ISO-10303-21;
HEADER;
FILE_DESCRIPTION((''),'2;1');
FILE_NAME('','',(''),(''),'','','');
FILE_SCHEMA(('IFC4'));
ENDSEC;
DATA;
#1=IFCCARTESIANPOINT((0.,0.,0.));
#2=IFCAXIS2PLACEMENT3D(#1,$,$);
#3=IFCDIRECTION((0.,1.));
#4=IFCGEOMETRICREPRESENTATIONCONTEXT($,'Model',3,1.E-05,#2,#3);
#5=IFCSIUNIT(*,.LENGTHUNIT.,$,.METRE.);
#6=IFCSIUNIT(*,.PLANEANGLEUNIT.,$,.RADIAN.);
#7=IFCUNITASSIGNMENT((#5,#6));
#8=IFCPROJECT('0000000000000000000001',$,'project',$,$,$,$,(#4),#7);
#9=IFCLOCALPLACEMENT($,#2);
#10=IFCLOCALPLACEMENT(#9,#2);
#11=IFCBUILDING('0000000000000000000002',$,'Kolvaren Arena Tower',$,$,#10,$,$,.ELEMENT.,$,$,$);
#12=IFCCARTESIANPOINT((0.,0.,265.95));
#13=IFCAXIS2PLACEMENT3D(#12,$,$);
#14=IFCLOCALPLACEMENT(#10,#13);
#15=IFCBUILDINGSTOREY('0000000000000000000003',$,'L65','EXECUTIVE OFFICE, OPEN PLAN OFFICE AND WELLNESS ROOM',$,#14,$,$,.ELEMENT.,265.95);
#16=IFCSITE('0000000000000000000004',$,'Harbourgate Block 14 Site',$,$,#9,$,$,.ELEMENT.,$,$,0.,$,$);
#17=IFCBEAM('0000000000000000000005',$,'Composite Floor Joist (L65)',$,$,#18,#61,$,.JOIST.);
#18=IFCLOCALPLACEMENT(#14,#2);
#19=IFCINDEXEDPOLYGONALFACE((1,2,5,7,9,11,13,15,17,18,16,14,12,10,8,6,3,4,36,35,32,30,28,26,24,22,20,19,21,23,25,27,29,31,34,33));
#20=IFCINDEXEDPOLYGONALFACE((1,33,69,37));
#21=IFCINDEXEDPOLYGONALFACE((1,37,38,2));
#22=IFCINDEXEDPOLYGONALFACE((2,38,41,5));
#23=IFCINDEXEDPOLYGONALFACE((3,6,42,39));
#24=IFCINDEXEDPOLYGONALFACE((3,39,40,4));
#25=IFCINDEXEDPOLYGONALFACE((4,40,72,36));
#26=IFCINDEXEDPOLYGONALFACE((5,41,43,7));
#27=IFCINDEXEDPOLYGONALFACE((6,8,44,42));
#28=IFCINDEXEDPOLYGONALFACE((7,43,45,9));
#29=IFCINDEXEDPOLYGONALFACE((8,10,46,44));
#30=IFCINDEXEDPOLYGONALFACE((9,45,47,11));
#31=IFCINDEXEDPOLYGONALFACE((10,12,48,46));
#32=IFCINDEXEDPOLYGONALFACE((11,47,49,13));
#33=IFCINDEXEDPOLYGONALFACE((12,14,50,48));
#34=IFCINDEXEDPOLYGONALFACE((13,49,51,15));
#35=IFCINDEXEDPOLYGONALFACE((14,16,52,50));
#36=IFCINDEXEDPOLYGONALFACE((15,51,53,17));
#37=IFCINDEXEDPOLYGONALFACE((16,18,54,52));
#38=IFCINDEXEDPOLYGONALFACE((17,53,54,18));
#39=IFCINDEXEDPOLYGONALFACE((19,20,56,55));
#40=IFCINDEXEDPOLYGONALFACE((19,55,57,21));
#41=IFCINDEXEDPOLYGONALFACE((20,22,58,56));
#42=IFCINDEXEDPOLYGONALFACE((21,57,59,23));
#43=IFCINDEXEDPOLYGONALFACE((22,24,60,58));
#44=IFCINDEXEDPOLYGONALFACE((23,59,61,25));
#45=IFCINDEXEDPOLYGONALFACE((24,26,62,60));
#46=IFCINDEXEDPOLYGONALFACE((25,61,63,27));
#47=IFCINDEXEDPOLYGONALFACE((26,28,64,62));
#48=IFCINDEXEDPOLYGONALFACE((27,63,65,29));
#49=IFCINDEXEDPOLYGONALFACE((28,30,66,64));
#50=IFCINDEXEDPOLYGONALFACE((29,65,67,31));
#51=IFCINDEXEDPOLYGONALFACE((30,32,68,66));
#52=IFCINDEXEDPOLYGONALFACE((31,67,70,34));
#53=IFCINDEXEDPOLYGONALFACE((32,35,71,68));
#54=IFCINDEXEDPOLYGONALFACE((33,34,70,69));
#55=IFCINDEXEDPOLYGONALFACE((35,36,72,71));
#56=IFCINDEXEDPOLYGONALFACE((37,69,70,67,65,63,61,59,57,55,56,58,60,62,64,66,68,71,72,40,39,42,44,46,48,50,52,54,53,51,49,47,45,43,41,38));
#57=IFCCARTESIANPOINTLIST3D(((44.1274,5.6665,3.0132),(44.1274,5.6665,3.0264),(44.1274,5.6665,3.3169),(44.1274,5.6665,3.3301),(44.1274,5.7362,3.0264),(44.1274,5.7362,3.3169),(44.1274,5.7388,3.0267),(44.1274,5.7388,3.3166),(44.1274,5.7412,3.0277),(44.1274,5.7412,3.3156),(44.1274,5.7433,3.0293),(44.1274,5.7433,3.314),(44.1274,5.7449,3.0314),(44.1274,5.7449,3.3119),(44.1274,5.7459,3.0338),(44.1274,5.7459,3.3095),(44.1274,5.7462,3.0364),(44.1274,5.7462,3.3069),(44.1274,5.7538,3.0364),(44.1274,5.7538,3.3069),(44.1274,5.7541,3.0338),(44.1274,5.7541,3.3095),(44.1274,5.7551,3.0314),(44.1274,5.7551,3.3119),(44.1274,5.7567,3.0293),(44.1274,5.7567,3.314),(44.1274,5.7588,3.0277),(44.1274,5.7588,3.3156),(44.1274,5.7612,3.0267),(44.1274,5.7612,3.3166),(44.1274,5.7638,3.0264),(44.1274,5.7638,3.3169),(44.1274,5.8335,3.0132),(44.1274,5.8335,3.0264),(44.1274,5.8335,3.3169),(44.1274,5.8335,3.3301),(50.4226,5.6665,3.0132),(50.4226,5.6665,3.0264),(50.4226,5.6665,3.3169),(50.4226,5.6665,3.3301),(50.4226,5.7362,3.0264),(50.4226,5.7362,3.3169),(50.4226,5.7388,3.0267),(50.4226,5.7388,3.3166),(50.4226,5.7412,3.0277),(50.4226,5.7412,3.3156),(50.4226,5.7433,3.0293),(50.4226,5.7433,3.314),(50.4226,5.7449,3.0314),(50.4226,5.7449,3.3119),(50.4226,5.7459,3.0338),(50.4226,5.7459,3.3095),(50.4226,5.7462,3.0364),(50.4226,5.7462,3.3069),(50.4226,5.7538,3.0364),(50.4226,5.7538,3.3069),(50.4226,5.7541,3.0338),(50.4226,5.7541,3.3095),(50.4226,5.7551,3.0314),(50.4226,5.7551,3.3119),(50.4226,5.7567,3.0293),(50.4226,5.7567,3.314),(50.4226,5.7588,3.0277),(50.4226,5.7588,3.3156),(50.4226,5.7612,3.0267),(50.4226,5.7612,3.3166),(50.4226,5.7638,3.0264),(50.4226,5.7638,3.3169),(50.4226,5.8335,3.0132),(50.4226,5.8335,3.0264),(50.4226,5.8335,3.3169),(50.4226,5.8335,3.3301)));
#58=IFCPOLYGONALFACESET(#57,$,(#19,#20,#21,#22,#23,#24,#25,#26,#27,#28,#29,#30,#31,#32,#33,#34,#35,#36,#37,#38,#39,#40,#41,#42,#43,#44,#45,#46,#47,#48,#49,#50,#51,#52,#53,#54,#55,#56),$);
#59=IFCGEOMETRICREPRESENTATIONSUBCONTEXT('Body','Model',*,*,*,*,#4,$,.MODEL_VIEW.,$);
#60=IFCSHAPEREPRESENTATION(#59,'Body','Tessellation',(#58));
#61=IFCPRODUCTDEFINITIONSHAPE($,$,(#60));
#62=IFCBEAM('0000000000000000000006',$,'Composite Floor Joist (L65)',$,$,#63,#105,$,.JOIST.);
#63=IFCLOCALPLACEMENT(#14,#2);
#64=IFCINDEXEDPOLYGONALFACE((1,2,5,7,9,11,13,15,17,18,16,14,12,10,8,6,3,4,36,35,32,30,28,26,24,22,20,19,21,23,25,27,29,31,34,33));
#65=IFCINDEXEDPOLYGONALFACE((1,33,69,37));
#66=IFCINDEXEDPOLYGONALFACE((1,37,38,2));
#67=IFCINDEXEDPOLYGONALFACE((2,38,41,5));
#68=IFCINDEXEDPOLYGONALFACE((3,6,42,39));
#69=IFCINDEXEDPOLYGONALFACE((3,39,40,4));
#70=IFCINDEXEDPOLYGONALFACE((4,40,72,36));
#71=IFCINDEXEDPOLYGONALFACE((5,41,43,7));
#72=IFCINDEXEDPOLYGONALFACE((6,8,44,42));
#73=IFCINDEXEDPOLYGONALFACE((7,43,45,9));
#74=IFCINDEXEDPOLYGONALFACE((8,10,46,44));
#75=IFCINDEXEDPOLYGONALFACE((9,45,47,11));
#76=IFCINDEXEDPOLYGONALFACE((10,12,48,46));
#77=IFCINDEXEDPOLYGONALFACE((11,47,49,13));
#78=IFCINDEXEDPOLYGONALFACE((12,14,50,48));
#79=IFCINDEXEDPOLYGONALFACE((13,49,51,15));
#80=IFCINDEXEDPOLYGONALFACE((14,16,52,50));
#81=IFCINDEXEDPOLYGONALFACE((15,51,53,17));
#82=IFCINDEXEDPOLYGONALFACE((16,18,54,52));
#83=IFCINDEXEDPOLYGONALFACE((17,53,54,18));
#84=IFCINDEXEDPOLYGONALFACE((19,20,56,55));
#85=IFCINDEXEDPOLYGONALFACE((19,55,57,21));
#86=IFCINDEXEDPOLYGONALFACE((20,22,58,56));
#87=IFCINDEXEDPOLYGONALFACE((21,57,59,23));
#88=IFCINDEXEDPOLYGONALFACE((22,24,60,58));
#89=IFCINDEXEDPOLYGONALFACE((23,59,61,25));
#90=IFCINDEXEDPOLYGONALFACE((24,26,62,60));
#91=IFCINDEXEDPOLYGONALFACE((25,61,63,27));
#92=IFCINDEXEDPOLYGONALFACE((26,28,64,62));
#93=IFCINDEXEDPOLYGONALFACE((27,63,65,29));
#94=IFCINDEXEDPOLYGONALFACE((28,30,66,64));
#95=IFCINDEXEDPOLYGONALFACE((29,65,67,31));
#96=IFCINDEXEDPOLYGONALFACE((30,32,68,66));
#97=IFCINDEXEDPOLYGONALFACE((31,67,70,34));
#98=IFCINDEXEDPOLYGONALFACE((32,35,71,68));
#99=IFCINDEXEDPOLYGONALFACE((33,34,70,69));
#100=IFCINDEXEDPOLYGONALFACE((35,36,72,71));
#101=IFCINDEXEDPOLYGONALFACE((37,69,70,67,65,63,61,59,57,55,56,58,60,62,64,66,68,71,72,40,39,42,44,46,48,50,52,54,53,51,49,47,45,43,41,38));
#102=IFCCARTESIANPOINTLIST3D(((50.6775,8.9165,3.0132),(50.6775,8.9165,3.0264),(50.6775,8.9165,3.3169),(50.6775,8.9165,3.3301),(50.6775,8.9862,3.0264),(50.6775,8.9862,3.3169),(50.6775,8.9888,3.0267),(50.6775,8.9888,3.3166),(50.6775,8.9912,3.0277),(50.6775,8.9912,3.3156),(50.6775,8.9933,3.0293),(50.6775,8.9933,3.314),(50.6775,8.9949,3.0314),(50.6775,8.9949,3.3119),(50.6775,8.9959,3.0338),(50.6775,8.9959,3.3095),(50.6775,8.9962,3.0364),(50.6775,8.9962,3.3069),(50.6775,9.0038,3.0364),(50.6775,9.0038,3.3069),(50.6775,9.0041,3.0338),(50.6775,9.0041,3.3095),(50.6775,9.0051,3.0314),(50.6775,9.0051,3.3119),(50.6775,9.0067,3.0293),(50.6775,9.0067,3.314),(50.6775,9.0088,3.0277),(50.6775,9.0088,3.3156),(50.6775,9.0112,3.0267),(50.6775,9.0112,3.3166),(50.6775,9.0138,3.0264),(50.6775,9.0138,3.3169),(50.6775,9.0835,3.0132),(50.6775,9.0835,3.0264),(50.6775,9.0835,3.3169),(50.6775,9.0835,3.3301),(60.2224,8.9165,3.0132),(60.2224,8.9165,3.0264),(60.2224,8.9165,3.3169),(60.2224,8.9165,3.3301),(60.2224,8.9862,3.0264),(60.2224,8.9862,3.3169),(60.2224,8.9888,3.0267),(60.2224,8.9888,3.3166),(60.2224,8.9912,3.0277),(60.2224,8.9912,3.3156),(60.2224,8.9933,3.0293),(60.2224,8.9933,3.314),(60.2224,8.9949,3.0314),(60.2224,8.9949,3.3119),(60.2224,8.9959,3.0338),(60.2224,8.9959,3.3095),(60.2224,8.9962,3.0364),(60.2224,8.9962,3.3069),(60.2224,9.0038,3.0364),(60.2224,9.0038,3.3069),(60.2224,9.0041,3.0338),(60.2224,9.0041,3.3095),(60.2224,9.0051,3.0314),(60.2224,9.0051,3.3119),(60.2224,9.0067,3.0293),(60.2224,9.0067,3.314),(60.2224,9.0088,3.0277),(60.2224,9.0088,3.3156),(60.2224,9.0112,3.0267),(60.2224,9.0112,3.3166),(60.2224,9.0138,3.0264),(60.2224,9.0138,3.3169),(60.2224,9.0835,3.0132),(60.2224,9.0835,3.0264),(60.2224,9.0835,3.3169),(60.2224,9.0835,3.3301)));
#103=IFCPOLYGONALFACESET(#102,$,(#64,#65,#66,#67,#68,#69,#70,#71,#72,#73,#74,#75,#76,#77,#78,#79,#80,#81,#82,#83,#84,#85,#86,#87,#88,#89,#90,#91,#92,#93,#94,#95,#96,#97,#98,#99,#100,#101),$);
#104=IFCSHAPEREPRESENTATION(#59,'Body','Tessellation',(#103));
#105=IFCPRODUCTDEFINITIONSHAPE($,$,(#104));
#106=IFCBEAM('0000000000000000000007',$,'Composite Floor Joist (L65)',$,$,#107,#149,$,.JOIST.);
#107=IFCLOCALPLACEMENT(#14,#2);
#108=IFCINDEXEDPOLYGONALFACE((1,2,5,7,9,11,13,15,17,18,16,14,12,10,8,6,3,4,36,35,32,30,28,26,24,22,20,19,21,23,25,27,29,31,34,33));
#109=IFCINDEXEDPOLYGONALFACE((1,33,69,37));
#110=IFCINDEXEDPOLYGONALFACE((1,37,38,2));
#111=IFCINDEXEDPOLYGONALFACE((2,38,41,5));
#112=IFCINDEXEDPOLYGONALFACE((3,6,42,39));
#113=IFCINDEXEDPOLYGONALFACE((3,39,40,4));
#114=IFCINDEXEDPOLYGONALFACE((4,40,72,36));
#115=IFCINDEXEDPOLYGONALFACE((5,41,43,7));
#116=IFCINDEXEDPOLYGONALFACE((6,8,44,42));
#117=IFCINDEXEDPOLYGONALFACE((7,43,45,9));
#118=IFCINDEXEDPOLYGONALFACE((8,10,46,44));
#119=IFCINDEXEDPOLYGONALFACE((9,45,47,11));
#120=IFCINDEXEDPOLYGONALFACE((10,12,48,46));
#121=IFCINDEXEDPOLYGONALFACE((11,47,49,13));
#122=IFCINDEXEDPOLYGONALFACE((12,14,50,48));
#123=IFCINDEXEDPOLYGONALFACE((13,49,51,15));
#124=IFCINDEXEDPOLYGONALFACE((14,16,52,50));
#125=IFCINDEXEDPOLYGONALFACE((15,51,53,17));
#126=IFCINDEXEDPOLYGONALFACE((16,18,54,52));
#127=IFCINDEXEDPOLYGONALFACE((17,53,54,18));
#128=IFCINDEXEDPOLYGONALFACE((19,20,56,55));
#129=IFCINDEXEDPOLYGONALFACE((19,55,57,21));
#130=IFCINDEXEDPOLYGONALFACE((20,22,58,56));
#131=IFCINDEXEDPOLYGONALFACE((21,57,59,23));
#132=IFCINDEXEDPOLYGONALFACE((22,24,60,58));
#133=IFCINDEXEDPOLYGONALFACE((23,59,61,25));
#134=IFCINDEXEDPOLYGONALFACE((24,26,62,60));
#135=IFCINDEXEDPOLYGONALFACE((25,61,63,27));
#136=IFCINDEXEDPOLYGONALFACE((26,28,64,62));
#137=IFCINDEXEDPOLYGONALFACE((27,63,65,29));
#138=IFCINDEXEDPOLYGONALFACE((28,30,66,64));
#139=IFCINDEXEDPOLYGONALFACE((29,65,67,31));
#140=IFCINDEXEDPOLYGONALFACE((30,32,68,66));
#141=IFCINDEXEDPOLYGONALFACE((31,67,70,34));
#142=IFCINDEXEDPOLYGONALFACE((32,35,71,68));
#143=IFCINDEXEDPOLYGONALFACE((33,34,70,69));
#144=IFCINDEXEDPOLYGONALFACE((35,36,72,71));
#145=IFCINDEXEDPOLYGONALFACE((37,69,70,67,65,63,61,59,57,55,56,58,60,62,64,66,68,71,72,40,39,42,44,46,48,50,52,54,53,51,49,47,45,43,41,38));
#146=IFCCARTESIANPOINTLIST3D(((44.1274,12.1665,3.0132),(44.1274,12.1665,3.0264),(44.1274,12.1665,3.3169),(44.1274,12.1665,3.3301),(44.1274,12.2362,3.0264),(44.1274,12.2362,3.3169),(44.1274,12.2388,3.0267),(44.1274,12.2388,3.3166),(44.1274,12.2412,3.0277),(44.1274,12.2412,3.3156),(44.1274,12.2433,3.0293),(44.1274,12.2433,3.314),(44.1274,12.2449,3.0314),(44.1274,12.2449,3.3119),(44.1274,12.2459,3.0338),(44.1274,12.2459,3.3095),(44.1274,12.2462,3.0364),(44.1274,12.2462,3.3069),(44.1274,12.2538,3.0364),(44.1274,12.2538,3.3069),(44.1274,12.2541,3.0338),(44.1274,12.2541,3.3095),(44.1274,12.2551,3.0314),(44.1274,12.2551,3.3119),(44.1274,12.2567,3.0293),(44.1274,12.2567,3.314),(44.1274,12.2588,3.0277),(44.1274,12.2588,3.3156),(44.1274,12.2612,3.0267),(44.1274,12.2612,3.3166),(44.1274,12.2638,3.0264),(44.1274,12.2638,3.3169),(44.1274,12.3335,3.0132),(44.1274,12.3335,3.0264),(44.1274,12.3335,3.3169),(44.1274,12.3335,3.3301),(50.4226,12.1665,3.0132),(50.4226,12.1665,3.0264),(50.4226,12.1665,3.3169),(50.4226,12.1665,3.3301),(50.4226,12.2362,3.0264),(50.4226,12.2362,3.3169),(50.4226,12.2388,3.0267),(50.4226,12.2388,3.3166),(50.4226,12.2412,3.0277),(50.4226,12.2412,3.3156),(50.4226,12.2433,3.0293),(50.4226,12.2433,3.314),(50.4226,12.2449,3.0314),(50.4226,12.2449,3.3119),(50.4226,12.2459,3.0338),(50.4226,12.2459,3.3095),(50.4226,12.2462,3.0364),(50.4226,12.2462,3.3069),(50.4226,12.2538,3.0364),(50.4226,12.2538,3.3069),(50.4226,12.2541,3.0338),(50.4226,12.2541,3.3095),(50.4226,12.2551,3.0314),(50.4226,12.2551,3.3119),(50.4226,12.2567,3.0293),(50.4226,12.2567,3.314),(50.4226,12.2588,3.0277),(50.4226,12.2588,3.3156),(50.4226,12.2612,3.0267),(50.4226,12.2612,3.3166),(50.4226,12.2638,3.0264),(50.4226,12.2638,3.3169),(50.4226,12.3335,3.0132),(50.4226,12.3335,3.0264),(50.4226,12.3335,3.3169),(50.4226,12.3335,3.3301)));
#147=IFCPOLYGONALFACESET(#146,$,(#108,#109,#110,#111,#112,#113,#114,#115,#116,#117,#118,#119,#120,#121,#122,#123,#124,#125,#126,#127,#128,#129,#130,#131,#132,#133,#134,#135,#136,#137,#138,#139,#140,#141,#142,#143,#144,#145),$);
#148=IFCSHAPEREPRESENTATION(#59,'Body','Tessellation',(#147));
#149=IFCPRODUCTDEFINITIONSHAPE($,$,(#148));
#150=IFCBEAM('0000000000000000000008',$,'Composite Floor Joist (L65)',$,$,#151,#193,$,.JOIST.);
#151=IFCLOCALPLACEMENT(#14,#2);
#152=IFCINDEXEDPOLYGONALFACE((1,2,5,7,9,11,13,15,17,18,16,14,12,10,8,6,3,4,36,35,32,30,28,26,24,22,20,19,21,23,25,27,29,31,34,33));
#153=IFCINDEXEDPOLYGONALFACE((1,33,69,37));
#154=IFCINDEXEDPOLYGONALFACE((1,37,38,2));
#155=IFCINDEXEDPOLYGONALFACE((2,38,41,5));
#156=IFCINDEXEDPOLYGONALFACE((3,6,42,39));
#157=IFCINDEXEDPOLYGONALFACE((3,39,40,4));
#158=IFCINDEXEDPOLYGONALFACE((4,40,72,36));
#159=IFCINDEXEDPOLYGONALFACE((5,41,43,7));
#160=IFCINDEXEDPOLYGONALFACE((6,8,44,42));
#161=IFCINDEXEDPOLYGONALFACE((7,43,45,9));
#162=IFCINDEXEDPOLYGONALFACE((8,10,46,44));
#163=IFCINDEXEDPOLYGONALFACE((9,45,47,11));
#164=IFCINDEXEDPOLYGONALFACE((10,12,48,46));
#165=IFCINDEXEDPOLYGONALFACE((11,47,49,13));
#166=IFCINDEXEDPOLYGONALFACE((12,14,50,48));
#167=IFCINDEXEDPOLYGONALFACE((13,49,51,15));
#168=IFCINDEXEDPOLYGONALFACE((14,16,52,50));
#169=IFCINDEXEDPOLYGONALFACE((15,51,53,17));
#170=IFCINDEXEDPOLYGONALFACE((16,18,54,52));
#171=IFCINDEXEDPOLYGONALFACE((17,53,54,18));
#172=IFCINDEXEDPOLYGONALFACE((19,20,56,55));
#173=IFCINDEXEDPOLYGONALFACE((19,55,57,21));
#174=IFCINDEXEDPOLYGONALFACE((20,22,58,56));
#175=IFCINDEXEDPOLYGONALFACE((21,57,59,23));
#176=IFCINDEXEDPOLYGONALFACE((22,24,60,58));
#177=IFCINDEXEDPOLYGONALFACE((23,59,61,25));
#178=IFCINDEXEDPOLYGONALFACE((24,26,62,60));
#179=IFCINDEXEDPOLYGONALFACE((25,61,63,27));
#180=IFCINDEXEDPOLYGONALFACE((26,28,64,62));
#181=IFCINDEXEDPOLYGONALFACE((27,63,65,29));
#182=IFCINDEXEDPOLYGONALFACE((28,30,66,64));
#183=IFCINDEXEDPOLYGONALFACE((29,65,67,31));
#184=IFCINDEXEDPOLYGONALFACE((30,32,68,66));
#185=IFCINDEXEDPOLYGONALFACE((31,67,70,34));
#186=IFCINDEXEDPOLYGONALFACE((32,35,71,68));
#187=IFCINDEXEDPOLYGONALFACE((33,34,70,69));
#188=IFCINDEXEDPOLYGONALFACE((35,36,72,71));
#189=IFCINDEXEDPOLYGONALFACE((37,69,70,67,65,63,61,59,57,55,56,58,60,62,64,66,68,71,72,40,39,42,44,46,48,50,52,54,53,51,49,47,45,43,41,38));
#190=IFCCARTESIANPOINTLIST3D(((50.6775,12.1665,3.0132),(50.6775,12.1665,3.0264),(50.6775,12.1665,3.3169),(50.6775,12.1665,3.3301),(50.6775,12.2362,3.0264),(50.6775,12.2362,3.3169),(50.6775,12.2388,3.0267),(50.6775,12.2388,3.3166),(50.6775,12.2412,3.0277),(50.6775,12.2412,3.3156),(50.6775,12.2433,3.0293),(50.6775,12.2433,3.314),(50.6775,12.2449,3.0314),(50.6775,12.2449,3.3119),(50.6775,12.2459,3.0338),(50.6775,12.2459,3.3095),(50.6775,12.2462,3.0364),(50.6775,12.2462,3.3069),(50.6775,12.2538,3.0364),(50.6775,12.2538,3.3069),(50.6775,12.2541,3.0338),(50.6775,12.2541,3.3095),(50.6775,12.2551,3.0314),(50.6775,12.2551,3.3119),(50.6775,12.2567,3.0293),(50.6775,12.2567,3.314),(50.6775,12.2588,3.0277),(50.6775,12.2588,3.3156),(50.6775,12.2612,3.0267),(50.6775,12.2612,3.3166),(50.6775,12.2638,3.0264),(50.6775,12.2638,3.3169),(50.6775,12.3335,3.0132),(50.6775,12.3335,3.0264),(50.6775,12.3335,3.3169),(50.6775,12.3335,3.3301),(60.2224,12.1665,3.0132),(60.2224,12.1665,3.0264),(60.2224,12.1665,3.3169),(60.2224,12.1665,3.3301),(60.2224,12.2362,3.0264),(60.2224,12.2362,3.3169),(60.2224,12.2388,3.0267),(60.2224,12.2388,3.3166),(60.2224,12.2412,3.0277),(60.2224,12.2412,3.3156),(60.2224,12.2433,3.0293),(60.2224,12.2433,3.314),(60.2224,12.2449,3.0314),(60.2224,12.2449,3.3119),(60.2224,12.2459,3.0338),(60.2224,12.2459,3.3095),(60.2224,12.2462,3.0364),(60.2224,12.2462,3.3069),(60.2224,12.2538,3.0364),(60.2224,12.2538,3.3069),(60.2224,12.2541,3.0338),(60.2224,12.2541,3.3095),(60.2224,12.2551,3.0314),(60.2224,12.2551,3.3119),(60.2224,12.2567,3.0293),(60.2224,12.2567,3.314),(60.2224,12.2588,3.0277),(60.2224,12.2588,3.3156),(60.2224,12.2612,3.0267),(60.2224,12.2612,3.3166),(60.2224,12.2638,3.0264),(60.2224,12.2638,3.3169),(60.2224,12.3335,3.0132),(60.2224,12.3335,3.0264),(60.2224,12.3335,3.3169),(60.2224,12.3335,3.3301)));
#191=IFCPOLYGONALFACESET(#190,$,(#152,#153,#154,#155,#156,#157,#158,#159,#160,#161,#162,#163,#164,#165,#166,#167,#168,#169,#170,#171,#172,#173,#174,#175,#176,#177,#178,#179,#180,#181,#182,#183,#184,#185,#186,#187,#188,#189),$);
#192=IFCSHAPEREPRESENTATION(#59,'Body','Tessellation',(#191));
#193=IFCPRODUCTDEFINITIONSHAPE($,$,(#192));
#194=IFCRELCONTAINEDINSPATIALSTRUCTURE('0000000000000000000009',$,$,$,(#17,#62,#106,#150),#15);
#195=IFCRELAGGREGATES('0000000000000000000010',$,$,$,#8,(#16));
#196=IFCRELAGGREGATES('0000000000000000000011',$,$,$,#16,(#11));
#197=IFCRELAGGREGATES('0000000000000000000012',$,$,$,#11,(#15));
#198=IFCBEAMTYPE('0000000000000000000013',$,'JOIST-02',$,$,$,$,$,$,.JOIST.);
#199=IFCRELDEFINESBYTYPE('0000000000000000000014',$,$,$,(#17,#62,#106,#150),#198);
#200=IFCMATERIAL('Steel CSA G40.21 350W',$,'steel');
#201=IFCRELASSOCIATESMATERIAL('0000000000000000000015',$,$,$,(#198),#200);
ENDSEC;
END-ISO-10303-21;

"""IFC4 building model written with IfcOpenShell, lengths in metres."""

from ifc_helpers import new_model, si_unit, direction, frame, origin, origin_2d, place, context, subcontext, project, spatial, i_section, extrude, material, material_profile, profile_set, type_object, element, save


model = new_model("IFC4")

# Units and contexts
model_context = context("Model", 3, precision=1e-05, world=origin(), true_north=direction((0.0, 1.0)))
body_context = subcontext(model_context, "Body", "Model", "MODEL_VIEW")
ifc_project = project(units=[si_unit("LENGTHUNIT", "METRE"), si_unit("PLANEANGLEUNIT", "RADIAN")], contexts=[model_context])

# Site, building, storey
site_placement = place(None, origin())
site = spatial("IfcSite", under=ifc_project, at=site_placement, Name="Harbourgate Block 14 Site", CompositionType="ELEMENT", RefElevation=0.0)
building_placement = place(site_placement, origin())
building = spatial("IfcBuilding", under=site, at=building_placement, Name="Kolvaren Arena Tower", CompositionType="ELEMENT")
storey_placement = place(building_placement, frame((0.0, 0.0, 265.95)))
storey = spatial("IfcBuildingStorey", under=building, at=storey_placement, Name="L65", Description="EXECUTIVE OFFICE, OPEN PLAN OFFICE AND WELLNESS ROOM", CompositionType="ELEMENT", Elevation=265.95)

# Beams
ifc_material_1 = material(Name="Steel CSA G40.21 350W", Category="steel")
ifc_material_profile_1 = material_profile(ifc_material_1, i_section(OverallWidth=0.167, OverallDepth=0.3169, WebThickness=0.0076, FlangeThickness=0.0132, FilletRadius=0.01, at=origin_2d()), Name="W310x52")
ifc_profile_set_1 = profile_set([ifc_material_profile_1], Name="Steel CSA G40.21 350W")
beam_type_1 = type_object("IfcBeamType", Name="JOIST-02", PredefinedType="JOIST", material=ifc_profile_set_1)
for number, where, z_axis, x_axis, name in (
    (1, (44.1274, 5.75, 3.1716), (1.0, 0.0, 0.0), (0.0, 1.0, 0.0), "Composite Floor Joist (L65)"),
):
    element("IfcBeam", number, at=place(storey_placement, frame(where, z_axis=z_axis, x_axis=x_axis)), inside=storey, type_object=beam_type_1, Name=name, PredefinedType="JOIST", context=body_context, shape_type="SweptSolid", body=[
        extrude(i_section(OverallWidth=0.167, OverallDepth=0.3169, WebThickness=0.0076, FlangeThickness=0.0132, FilletRadius=0.01, at=origin_2d()), origin(), (0.0, 0.0, 1.0), 6.2952),
    ])
beam_1_placement = place(storey_placement, frame((50.6775, 9.0, 3.1716), z_axis=(1.0, 0.0, 0.0), x_axis=(0.0, 1.0, 0.0)))
element("IfcBeam", 2, at=beam_1_placement, inside=storey, type_object=beam_type_1, Name="Composite Floor Joist (L65)", PredefinedType="JOIST", context=body_context, shape_type="SweptSolid", body=[
    extrude(i_section(OverallWidth=0.167, OverallDepth=0.3169, WebThickness=0.0076, FlangeThickness=0.0132, FilletRadius=0.01, at=origin_2d()), origin(), (0.0, 0.0, 1.0), 9.5449),
])
beam_2_placement = place(storey_placement, frame((44.1274, 12.25, 3.1716), z_axis=(1.0, 0.0, 0.0), x_axis=(0.0, 1.0, 0.0)))
element("IfcBeam", 3, at=beam_2_placement, inside=storey, type_object=beam_type_1, Name="Composite Floor Joist (L65)", PredefinedType="JOIST", context=body_context, shape_type="SweptSolid", body=[
    extrude(i_section(OverallWidth=0.167, OverallDepth=0.3169, WebThickness=0.0076, FlangeThickness=0.0132, FilletRadius=0.01, at=origin_2d()), origin(), (0.0, 0.0, 1.0), 6.2952),
])
beam_3_placement = place(storey_placement, frame((50.6775, 12.25, 3.1716), z_axis=(1.0, 0.0, 0.0), x_axis=(0.0, 1.0, 0.0)))
element("IfcBeam", 4, at=beam_3_placement, inside=storey, type_object=beam_type_1, Name="Composite Floor Joist (L65)", PredefinedType="JOIST", context=body_context, shape_type="SweptSolid", body=[
    extrude(i_section(OverallWidth=0.167, OverallDepth=0.3169, WebThickness=0.0076, FlangeThickness=0.0132, FilletRadius=0.01, at=origin_2d()), origin(), (0.0, 0.0, 1.0), 9.5449),
])

save(model, "model.ifc")
